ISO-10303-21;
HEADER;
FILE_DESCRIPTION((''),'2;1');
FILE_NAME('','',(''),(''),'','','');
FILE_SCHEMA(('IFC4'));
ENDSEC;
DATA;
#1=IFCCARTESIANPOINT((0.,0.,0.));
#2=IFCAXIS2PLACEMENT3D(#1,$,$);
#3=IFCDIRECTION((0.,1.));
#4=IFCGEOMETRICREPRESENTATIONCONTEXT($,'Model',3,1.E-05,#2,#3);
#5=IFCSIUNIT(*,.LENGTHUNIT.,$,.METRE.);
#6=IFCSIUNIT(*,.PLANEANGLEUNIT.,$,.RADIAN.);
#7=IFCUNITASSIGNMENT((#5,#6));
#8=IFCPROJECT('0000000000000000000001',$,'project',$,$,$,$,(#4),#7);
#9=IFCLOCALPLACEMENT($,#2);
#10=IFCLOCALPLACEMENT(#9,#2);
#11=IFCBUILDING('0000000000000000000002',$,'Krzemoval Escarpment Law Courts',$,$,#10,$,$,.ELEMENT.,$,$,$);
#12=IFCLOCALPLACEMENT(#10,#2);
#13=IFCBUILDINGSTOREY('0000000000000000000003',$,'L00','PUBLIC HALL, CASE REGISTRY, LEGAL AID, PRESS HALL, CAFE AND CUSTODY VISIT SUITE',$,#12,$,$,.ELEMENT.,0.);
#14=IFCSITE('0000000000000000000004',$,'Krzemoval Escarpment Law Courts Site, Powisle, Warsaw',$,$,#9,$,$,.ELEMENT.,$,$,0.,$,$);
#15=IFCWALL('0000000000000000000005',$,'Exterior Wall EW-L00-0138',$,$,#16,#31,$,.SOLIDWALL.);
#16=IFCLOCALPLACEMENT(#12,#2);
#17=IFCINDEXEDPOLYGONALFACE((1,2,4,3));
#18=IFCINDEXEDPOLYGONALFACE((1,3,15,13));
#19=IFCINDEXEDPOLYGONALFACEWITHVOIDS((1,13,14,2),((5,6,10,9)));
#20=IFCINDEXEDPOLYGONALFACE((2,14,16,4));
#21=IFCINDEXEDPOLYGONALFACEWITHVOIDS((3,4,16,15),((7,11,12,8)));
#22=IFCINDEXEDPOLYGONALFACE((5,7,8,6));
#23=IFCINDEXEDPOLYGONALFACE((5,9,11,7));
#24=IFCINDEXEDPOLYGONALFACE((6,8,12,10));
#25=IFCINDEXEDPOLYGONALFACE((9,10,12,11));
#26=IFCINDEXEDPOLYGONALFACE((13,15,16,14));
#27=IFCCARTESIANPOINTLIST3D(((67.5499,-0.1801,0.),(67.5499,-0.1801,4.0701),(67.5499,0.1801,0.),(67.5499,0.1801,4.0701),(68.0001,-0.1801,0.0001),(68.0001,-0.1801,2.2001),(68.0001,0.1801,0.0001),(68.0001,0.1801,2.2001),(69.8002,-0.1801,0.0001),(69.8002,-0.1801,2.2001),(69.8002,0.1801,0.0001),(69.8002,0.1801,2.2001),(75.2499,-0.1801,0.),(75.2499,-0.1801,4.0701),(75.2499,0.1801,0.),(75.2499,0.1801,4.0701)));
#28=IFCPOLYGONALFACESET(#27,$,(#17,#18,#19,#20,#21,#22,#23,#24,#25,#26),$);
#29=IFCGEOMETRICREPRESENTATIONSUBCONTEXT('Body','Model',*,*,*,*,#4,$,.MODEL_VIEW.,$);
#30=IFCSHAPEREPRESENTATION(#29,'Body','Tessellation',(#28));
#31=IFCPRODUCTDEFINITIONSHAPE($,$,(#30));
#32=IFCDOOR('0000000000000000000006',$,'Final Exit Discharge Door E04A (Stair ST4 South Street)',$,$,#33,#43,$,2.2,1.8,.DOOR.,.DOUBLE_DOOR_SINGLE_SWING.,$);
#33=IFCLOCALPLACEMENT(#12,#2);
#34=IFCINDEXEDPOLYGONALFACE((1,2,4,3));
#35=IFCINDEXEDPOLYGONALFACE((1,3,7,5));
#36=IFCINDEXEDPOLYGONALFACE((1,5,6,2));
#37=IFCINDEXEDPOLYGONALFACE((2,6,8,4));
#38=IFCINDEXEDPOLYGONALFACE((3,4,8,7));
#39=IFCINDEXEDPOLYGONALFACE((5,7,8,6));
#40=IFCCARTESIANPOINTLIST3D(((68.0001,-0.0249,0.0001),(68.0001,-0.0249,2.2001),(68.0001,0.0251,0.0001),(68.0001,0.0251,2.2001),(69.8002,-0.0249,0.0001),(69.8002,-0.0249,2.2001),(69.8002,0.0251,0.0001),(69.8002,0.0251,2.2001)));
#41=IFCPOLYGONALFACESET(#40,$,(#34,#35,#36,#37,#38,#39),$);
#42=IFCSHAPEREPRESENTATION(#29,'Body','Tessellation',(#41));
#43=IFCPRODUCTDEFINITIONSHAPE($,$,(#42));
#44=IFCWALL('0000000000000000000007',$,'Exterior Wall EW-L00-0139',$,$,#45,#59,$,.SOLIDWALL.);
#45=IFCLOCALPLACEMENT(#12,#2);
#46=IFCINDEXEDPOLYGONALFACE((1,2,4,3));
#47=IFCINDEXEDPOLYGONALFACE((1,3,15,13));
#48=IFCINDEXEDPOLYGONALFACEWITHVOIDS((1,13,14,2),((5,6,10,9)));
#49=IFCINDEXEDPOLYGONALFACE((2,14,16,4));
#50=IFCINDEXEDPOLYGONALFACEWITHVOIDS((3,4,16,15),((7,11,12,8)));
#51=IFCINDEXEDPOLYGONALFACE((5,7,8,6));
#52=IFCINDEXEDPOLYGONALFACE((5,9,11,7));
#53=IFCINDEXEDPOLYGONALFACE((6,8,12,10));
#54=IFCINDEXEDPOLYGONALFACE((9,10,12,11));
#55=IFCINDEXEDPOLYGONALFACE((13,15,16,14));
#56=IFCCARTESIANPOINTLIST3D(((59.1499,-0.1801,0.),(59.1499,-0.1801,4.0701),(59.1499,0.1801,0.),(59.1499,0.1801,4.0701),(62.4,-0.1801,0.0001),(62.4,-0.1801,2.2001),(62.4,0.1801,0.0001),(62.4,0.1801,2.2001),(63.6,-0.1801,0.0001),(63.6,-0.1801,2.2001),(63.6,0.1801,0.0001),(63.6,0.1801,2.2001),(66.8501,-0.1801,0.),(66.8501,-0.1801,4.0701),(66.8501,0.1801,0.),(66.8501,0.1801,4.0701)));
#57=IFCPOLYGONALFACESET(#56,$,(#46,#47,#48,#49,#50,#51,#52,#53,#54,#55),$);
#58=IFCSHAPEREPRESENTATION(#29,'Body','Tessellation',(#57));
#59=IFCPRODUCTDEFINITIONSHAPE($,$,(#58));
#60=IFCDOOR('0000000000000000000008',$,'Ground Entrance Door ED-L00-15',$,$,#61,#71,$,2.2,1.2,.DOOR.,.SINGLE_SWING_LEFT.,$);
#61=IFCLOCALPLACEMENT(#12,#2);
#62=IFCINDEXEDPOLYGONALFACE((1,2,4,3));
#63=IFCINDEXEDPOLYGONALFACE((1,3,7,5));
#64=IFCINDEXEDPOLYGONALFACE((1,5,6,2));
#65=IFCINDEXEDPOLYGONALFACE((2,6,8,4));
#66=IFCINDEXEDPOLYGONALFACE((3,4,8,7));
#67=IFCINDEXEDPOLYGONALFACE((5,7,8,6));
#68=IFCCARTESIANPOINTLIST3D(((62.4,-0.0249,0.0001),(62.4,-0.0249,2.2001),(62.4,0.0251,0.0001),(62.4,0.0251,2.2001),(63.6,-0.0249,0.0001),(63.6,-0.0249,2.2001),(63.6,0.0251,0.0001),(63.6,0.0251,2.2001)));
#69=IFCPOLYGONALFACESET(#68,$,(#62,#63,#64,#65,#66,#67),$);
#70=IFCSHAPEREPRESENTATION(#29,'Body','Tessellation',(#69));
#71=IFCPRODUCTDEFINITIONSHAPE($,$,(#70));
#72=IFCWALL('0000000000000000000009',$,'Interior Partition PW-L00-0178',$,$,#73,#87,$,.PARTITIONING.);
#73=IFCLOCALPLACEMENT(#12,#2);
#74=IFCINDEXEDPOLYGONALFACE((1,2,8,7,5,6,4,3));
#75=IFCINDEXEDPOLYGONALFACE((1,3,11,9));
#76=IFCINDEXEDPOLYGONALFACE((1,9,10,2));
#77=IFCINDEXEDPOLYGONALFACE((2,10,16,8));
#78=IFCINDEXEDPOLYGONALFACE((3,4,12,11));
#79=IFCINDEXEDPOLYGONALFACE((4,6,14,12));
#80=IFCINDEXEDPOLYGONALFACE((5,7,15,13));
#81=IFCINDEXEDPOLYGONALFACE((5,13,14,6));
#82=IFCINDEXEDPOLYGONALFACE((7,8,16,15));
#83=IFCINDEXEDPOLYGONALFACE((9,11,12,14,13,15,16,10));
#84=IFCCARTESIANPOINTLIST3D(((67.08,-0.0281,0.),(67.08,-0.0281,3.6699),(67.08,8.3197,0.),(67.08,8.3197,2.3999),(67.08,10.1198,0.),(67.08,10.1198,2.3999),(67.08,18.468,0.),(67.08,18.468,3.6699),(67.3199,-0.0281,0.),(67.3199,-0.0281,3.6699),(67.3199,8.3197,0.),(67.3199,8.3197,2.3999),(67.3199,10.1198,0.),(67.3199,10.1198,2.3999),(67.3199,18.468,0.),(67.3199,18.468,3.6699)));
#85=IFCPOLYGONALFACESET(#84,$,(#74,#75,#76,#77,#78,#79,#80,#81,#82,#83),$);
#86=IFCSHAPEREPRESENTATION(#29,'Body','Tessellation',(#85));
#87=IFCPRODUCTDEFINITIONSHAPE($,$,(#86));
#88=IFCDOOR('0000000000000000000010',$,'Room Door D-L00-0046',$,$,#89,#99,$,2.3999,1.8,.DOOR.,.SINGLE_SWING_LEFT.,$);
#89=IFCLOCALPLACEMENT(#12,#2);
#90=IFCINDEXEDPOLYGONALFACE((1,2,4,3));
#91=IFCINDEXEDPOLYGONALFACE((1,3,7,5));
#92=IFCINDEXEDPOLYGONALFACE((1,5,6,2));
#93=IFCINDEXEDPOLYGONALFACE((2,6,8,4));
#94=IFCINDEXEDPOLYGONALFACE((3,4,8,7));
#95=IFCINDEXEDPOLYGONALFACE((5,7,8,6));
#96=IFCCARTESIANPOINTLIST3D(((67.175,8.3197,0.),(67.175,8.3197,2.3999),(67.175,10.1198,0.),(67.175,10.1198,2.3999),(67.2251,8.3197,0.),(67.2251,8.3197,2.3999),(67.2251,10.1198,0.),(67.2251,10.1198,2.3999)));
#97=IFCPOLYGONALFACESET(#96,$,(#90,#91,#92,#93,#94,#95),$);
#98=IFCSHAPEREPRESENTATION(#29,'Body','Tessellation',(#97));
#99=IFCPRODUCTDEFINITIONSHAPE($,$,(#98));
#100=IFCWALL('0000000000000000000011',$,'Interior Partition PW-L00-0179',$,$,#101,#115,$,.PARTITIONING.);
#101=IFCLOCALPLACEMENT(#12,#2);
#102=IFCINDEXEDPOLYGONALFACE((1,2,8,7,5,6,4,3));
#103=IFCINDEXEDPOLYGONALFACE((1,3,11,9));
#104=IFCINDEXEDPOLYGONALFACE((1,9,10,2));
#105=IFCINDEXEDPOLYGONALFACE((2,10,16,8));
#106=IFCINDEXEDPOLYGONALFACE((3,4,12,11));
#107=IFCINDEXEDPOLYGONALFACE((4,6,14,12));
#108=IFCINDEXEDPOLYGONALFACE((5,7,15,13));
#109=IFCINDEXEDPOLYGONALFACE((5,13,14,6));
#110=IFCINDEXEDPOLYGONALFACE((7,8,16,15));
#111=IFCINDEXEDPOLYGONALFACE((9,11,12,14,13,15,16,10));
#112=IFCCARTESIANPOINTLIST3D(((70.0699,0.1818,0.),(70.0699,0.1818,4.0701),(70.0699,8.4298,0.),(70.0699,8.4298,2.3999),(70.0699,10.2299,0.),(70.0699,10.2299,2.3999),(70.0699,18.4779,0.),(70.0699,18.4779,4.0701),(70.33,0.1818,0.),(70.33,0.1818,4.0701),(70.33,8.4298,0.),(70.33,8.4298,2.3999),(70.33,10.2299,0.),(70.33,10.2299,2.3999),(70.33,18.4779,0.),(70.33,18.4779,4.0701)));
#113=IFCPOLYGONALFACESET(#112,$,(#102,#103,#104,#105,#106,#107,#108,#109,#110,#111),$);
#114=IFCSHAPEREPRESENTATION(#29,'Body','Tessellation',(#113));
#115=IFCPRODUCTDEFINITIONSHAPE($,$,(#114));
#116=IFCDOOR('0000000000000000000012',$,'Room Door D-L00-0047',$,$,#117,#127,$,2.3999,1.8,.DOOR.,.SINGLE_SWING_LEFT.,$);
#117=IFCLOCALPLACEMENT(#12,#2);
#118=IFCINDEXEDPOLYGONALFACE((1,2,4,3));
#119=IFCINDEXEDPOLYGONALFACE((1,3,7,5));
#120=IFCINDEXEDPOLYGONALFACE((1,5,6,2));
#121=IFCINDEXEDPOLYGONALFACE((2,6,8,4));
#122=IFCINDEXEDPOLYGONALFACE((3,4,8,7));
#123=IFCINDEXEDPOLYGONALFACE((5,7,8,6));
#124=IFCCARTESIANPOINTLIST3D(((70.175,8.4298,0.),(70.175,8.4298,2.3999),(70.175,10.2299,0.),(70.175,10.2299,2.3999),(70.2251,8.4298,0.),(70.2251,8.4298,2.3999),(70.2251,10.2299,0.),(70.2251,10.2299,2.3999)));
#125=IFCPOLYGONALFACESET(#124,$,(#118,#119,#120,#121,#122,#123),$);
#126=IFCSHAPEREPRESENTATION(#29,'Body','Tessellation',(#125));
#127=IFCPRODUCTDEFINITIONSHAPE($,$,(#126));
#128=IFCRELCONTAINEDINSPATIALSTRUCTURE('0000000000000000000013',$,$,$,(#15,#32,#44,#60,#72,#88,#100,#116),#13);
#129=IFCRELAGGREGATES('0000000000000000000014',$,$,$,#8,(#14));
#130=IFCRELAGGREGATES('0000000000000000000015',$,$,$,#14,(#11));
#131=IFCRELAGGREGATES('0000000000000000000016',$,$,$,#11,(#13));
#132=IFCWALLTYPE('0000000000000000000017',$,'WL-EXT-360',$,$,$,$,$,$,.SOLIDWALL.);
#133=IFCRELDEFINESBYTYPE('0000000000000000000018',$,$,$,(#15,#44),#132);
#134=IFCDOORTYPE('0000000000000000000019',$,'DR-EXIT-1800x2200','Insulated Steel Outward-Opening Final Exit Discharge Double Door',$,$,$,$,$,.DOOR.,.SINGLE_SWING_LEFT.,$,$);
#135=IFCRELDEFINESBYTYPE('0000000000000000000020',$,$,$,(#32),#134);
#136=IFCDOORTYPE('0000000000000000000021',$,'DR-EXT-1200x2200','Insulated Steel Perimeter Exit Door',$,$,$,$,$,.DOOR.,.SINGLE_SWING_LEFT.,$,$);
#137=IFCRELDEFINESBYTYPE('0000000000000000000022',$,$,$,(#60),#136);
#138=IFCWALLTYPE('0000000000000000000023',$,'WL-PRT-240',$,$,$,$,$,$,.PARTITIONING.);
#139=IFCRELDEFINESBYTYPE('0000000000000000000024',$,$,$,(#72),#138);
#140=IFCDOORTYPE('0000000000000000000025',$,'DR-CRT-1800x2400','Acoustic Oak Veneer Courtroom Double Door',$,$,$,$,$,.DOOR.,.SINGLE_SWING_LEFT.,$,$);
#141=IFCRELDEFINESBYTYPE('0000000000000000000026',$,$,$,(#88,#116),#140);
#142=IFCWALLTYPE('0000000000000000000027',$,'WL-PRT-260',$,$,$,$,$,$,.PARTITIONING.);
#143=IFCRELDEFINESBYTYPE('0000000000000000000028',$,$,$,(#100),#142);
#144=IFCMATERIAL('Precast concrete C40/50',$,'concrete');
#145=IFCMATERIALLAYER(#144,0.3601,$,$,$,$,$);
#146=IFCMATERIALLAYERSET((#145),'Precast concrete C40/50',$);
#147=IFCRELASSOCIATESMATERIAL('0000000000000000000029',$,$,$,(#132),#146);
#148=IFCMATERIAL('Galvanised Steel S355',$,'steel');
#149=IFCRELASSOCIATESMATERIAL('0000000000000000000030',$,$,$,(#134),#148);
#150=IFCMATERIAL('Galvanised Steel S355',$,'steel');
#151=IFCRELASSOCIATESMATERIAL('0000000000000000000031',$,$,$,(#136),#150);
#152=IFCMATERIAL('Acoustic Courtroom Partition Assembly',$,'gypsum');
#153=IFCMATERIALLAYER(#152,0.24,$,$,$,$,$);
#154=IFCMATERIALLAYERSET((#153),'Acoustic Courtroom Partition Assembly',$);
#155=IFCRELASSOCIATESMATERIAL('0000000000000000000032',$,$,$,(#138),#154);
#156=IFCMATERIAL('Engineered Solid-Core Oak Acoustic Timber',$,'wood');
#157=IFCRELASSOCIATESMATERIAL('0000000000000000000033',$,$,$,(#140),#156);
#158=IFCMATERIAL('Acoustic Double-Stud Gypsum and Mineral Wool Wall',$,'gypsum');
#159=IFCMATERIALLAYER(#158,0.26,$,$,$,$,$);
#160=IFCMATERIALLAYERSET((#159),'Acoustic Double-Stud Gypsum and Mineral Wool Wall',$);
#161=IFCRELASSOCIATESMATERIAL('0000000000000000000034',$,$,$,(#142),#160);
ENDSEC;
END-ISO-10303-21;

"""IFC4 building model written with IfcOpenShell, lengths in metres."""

from ifc_helpers import new_model, si_unit, direction, frame, frame_2d, origin, place, context, subcontext, project, spatial, rectangle, extrude, material, layer, layer_set, type_object, element, fill, save


model = new_model("IFC4")

# Units and contexts
model_context = context("Model", 3, precision=1e-05, world=origin(), true_north=direction((0.0, 1.0)))
body_context = subcontext(model_context, "Body", "Model", "MODEL_VIEW")
ifc_project = project(units=[si_unit("LENGTHUNIT", "METRE"), si_unit("PLANEANGLEUNIT", "RADIAN")], contexts=[model_context])

# Site, building, storey
site_placement = place(None, origin())
site = spatial("IfcSite", under=ifc_project, at=site_placement, Name="Krzemoval Escarpment Law Courts Site, Powisle, Warsaw", CompositionType="ELEMENT", RefElevation=0.0)
building_placement = place(site_placement, origin())
building = spatial("IfcBuilding", under=site, at=building_placement, Name="Krzemoval Escarpment Law Courts", CompositionType="ELEMENT")
storey_placement = place(building_placement, origin())
storey = spatial("IfcBuildingStorey", under=building, at=storey_placement, Name="L00", Description="PUBLIC HALL, CASE REGISTRY, LEGAL AID, PRESS HALL, CAFE AND CUSTODY VISIT SUITE", CompositionType="ELEMENT", Elevation=0.0)

# Walls, openings, doors
ifc_material_1 = material(Name="Precast concrete C40/50", Category="concrete")
ifc_layer_1 = layer(ifc_material_1, 0.3601)
ifc_layer_set_1 = layer_set([ifc_layer_1], Name="Precast concrete C40/50")
wall_type_1 = type_object("IfcWallType", Name="WL-EXT-360", PredefinedType="SOLIDWALL", material=ifc_layer_set_1)
wall_1_placement = place(storey_placement, frame((75.25, 0.0, 0.0), z_axis=(0.0, 0.0, 1.0), x_axis=(-1.0, 0.0, 0.0)))
wall_1 = element("IfcWall", 1, at=wall_1_placement, inside=storey, type_object=wall_type_1, Name="Exterior Wall EW-L00-0138", PredefinedType="SOLIDWALL", context=body_context, shape_type="SweptSolid", body=[
    extrude(rectangle(XDim=7.7, YDim=0.3601, at=frame_2d((3.8501, 0.0))), origin(), (0.0, 0.0, 1.0), 4.0701),
])
opening_1_placement = place(wall_1_placement, frame((5.45, 0.0, 0.0)))
opening_1 = element("IfcOpeningElement", 2, at=opening_1_placement, cuts=wall_1, PredefinedType="OPENING", context=body_context, shape_type="SweptSolid", body=[
    extrude(rectangle(XDim=1.8, YDim=2.2, at=frame_2d((0.8999, 1.1001))), frame((0.0, 0.1951, 0.0), z_axis=(0.0, -1.0, 0.0), x_axis=(1.0, 0.0, 0.0)), (0.0, 0.0, 1.0), 0.3901),
])
ifc_material_2 = material(Name="Galvanised Steel S355", Category="steel")
door_type_1 = type_object("IfcDoorType", Name="DR-EXIT-1800x2200", Description="Insulated Steel Outward-Opening Final Exit Discharge Double Door", OperationType="SINGLE_SWING_LEFT", PredefinedType="DOOR", material=ifc_material_2)
door_1_placement = place(opening_1_placement, origin())
door_1 = element("IfcDoor", 3, at=door_1_placement, inside=storey, type_object=door_type_1, Name="Final Exit Discharge Door E04A (Stair ST4 South Street)", OperationType="DOUBLE_DOOR_SINGLE_SWING", OverallHeight=2.2, OverallWidth=1.8, PredefinedType="DOOR", context=body_context, shape_type="SweptSolid", body=[
    extrude(rectangle(XDim=1.8, YDim=2.2, at=frame_2d((0.8999, 1.1001))), frame((0.0, 0.0249, 0.0), z_axis=(0.0, -1.0, 0.0), x_axis=(1.0, 0.0, 0.0)), (0.0, 0.0, 1.0), 0.05),
])
fill(opening_1, door_1)
wall_2_placement = place(storey_placement, frame((66.8501, 0.0, 0.0), z_axis=(0.0, 0.0, 1.0), x_axis=(-1.0, 0.0, 0.0)))
wall_2 = element("IfcWall", 4, at=wall_2_placement, inside=storey, type_object=wall_type_1, Name="Exterior Wall EW-L00-0139", PredefinedType="SOLIDWALL", context=body_context, shape_type="SweptSolid", body=[
    extrude(rectangle(XDim=7.7002, YDim=0.3601, at=frame_2d((3.8501, 0.0))), origin(), (0.0, 0.0, 1.0), 4.0701),
])
opening_2_placement = place(wall_2_placement, frame((3.25, 0.0, 0.0)))
opening_2 = element("IfcOpeningElement", 5, at=opening_2_placement, cuts=wall_2, PredefinedType="OPENING", context=body_context, shape_type="SweptSolid", body=[
    extrude(rectangle(XDim=1.2, YDim=2.2, at=frame_2d((0.6001, 1.1001))), frame((0.0, 0.1951, 0.0), z_axis=(0.0, -1.0, 0.0), x_axis=(1.0, 0.0, 0.0)), (0.0, 0.0, 1.0), 0.3901),
])
ifc_material_3 = material(Name="Galvanised Steel S355", Category="steel")
door_type_2 = type_object("IfcDoorType", Name="DR-EXT-1200x2200", Description="Insulated Steel Perimeter Exit Door", OperationType="SINGLE_SWING_LEFT", PredefinedType="DOOR", material=ifc_material_3)
door_2_placement = place(opening_2_placement, origin())
door_2 = element("IfcDoor", 6, at=door_2_placement, inside=storey, type_object=door_type_2, Name="Ground Entrance Door ED-L00-15", OperationType="SINGLE_SWING_LEFT", OverallHeight=2.2, OverallWidth=1.2, PredefinedType="DOOR", context=body_context, shape_type="SweptSolid", body=[
    extrude(rectangle(XDim=1.2, YDim=2.2, at=frame_2d((0.6001, 1.1001))), frame((0.0, 0.0249, 0.0), z_axis=(0.0, -1.0, 0.0), x_axis=(1.0, 0.0, 0.0)), (0.0, 0.0, 1.0), 0.05),
])
fill(opening_2, door_2)
ifc_material_4 = material(Name="Acoustic Courtroom Partition Assembly", Category="gypsum")
ifc_layer_2 = layer(ifc_material_4, 0.24)
ifc_layer_set_2 = layer_set([ifc_layer_2], Name="Acoustic Courtroom Partition Assembly")
wall_type_2 = type_object("IfcWallType", Name="WL-PRT-240", PredefinedType="PARTITIONING", material=ifc_layer_set_2)
wall_3_placement = place(storey_placement, frame((67.2, -0.0281, 0.0), z_axis=(0.0, 0.0, 1.0), x_axis=(0.0, 1.0, 0.0)))
wall_3 = element("IfcWall", 7, at=wall_3_placement, inside=storey, type_object=wall_type_2, Name="Interior Partition PW-L00-0178", PredefinedType="PARTITIONING", context=body_context, shape_type="SweptSolid", body=[
    extrude(rectangle(XDim=18.4961, YDim=0.24, at=frame_2d((9.248, 0.0))), origin(), (0.0, 0.0, 1.0), 3.6699),
])
opening_3_placement = place(wall_3_placement, frame((8.3479, 0.0, 0.0)))
opening_3 = element("IfcOpeningElement", 8, at=opening_3_placement, cuts=wall_3, PredefinedType="OPENING", context=body_context, shape_type="SweptSolid", body=[
    extrude(rectangle(XDim=1.8, YDim=2.3999, at=frame_2d((0.8999, 1.2))), frame((0.0, 0.135, 0.0), z_axis=(0.0, -1.0, 0.0), x_axis=(1.0, 0.0, 0.0)), (0.0, 0.0, 1.0), 0.27),
])
ifc_material_5 = material(Name="Engineered Solid-Core Oak Acoustic Timber", Category="wood")
door_type_3 = type_object("IfcDoorType", Name="DR-CRT-1800x2400", Description="Acoustic Oak Veneer Courtroom Double Door", OperationType="SINGLE_SWING_LEFT", PredefinedType="DOOR", material=ifc_material_5)
door_3_placement = place(opening_3_placement, origin())
door_3 = element("IfcDoor", 9, at=door_3_placement, inside=storey, type_object=door_type_3, Name="Room Door D-L00-0046", OperationType="SINGLE_SWING_LEFT", OverallHeight=2.3999, OverallWidth=1.8, PredefinedType="DOOR", context=body_context, shape_type="SweptSolid", body=[
    extrude(rectangle(XDim=1.8, YDim=2.3999, at=frame_2d((0.8999, 1.2))), frame((0.0, 0.0249, 0.0), z_axis=(0.0, -1.0, 0.0), x_axis=(1.0, 0.0, 0.0)), (0.0, 0.0, 1.0), 0.05),
])
fill(opening_3, door_3)
ifc_material_6 = material(Name="Acoustic Double-Stud Gypsum and Mineral Wool Wall", Category="gypsum")
ifc_layer_3 = layer(ifc_material_6, 0.26)
ifc_layer_set_3 = layer_set([ifc_layer_3], Name="Acoustic Double-Stud Gypsum and Mineral Wool Wall")
wall_type_3 = type_object("IfcWallType", Name="WL-PRT-260", PredefinedType="PARTITIONING", material=ifc_layer_set_3)
wall_4_placement = place(storey_placement, frame((70.2, 0.1819, 0.0), z_axis=(0.0, 0.0, 1.0), x_axis=(0.0, 1.0, 0.0)))
wall_4 = element("IfcWall", 10, at=wall_4_placement, inside=storey, type_object=wall_type_3, Name="Interior Partition PW-L00-0179", PredefinedType="PARTITIONING", context=body_context, shape_type="SweptSolid", body=[
    extrude(rectangle(XDim=18.2961, YDim=0.26, at=frame_2d((9.1479, 0.0))), origin(), (0.0, 0.0, 1.0), 4.0701),
])
opening_4_placement = place(wall_4_placement, frame((8.248, 0.0, 0.0)))
opening_4 = element("IfcOpeningElement", 11, at=opening_4_placement, cuts=wall_4, PredefinedType="OPENING", context=body_context, shape_type="SweptSolid", body=[
    extrude(rectangle(XDim=1.8, YDim=2.3999, at=frame_2d((0.8999, 1.2))), frame((0.0, 0.145, 0.0), z_axis=(0.0, -1.0, 0.0), x_axis=(1.0, 0.0, 0.0)), (0.0, 0.0, 1.0), 0.29),
])
door_4_placement = place(opening_4_placement, origin())
door_4 = element("IfcDoor", 12, at=door_4_placement, inside=storey, type_object=door_type_3, Name="Room Door D-L00-0047", OperationType="SINGLE_SWING_LEFT", OverallHeight=2.3999, OverallWidth=1.8, PredefinedType="DOOR", context=body_context, shape_type="SweptSolid", body=[
    extrude(rectangle(XDim=1.8, YDim=2.3999, at=frame_2d((0.8999, 1.2))), frame((0.0, 0.0249, 0.0), z_axis=(0.0, -1.0, 0.0), x_axis=(1.0, 0.0, 0.0)), (0.0, 0.0, 1.0), 0.05),
])
fill(opening_4, door_4)

save(model, "model.ifc")
